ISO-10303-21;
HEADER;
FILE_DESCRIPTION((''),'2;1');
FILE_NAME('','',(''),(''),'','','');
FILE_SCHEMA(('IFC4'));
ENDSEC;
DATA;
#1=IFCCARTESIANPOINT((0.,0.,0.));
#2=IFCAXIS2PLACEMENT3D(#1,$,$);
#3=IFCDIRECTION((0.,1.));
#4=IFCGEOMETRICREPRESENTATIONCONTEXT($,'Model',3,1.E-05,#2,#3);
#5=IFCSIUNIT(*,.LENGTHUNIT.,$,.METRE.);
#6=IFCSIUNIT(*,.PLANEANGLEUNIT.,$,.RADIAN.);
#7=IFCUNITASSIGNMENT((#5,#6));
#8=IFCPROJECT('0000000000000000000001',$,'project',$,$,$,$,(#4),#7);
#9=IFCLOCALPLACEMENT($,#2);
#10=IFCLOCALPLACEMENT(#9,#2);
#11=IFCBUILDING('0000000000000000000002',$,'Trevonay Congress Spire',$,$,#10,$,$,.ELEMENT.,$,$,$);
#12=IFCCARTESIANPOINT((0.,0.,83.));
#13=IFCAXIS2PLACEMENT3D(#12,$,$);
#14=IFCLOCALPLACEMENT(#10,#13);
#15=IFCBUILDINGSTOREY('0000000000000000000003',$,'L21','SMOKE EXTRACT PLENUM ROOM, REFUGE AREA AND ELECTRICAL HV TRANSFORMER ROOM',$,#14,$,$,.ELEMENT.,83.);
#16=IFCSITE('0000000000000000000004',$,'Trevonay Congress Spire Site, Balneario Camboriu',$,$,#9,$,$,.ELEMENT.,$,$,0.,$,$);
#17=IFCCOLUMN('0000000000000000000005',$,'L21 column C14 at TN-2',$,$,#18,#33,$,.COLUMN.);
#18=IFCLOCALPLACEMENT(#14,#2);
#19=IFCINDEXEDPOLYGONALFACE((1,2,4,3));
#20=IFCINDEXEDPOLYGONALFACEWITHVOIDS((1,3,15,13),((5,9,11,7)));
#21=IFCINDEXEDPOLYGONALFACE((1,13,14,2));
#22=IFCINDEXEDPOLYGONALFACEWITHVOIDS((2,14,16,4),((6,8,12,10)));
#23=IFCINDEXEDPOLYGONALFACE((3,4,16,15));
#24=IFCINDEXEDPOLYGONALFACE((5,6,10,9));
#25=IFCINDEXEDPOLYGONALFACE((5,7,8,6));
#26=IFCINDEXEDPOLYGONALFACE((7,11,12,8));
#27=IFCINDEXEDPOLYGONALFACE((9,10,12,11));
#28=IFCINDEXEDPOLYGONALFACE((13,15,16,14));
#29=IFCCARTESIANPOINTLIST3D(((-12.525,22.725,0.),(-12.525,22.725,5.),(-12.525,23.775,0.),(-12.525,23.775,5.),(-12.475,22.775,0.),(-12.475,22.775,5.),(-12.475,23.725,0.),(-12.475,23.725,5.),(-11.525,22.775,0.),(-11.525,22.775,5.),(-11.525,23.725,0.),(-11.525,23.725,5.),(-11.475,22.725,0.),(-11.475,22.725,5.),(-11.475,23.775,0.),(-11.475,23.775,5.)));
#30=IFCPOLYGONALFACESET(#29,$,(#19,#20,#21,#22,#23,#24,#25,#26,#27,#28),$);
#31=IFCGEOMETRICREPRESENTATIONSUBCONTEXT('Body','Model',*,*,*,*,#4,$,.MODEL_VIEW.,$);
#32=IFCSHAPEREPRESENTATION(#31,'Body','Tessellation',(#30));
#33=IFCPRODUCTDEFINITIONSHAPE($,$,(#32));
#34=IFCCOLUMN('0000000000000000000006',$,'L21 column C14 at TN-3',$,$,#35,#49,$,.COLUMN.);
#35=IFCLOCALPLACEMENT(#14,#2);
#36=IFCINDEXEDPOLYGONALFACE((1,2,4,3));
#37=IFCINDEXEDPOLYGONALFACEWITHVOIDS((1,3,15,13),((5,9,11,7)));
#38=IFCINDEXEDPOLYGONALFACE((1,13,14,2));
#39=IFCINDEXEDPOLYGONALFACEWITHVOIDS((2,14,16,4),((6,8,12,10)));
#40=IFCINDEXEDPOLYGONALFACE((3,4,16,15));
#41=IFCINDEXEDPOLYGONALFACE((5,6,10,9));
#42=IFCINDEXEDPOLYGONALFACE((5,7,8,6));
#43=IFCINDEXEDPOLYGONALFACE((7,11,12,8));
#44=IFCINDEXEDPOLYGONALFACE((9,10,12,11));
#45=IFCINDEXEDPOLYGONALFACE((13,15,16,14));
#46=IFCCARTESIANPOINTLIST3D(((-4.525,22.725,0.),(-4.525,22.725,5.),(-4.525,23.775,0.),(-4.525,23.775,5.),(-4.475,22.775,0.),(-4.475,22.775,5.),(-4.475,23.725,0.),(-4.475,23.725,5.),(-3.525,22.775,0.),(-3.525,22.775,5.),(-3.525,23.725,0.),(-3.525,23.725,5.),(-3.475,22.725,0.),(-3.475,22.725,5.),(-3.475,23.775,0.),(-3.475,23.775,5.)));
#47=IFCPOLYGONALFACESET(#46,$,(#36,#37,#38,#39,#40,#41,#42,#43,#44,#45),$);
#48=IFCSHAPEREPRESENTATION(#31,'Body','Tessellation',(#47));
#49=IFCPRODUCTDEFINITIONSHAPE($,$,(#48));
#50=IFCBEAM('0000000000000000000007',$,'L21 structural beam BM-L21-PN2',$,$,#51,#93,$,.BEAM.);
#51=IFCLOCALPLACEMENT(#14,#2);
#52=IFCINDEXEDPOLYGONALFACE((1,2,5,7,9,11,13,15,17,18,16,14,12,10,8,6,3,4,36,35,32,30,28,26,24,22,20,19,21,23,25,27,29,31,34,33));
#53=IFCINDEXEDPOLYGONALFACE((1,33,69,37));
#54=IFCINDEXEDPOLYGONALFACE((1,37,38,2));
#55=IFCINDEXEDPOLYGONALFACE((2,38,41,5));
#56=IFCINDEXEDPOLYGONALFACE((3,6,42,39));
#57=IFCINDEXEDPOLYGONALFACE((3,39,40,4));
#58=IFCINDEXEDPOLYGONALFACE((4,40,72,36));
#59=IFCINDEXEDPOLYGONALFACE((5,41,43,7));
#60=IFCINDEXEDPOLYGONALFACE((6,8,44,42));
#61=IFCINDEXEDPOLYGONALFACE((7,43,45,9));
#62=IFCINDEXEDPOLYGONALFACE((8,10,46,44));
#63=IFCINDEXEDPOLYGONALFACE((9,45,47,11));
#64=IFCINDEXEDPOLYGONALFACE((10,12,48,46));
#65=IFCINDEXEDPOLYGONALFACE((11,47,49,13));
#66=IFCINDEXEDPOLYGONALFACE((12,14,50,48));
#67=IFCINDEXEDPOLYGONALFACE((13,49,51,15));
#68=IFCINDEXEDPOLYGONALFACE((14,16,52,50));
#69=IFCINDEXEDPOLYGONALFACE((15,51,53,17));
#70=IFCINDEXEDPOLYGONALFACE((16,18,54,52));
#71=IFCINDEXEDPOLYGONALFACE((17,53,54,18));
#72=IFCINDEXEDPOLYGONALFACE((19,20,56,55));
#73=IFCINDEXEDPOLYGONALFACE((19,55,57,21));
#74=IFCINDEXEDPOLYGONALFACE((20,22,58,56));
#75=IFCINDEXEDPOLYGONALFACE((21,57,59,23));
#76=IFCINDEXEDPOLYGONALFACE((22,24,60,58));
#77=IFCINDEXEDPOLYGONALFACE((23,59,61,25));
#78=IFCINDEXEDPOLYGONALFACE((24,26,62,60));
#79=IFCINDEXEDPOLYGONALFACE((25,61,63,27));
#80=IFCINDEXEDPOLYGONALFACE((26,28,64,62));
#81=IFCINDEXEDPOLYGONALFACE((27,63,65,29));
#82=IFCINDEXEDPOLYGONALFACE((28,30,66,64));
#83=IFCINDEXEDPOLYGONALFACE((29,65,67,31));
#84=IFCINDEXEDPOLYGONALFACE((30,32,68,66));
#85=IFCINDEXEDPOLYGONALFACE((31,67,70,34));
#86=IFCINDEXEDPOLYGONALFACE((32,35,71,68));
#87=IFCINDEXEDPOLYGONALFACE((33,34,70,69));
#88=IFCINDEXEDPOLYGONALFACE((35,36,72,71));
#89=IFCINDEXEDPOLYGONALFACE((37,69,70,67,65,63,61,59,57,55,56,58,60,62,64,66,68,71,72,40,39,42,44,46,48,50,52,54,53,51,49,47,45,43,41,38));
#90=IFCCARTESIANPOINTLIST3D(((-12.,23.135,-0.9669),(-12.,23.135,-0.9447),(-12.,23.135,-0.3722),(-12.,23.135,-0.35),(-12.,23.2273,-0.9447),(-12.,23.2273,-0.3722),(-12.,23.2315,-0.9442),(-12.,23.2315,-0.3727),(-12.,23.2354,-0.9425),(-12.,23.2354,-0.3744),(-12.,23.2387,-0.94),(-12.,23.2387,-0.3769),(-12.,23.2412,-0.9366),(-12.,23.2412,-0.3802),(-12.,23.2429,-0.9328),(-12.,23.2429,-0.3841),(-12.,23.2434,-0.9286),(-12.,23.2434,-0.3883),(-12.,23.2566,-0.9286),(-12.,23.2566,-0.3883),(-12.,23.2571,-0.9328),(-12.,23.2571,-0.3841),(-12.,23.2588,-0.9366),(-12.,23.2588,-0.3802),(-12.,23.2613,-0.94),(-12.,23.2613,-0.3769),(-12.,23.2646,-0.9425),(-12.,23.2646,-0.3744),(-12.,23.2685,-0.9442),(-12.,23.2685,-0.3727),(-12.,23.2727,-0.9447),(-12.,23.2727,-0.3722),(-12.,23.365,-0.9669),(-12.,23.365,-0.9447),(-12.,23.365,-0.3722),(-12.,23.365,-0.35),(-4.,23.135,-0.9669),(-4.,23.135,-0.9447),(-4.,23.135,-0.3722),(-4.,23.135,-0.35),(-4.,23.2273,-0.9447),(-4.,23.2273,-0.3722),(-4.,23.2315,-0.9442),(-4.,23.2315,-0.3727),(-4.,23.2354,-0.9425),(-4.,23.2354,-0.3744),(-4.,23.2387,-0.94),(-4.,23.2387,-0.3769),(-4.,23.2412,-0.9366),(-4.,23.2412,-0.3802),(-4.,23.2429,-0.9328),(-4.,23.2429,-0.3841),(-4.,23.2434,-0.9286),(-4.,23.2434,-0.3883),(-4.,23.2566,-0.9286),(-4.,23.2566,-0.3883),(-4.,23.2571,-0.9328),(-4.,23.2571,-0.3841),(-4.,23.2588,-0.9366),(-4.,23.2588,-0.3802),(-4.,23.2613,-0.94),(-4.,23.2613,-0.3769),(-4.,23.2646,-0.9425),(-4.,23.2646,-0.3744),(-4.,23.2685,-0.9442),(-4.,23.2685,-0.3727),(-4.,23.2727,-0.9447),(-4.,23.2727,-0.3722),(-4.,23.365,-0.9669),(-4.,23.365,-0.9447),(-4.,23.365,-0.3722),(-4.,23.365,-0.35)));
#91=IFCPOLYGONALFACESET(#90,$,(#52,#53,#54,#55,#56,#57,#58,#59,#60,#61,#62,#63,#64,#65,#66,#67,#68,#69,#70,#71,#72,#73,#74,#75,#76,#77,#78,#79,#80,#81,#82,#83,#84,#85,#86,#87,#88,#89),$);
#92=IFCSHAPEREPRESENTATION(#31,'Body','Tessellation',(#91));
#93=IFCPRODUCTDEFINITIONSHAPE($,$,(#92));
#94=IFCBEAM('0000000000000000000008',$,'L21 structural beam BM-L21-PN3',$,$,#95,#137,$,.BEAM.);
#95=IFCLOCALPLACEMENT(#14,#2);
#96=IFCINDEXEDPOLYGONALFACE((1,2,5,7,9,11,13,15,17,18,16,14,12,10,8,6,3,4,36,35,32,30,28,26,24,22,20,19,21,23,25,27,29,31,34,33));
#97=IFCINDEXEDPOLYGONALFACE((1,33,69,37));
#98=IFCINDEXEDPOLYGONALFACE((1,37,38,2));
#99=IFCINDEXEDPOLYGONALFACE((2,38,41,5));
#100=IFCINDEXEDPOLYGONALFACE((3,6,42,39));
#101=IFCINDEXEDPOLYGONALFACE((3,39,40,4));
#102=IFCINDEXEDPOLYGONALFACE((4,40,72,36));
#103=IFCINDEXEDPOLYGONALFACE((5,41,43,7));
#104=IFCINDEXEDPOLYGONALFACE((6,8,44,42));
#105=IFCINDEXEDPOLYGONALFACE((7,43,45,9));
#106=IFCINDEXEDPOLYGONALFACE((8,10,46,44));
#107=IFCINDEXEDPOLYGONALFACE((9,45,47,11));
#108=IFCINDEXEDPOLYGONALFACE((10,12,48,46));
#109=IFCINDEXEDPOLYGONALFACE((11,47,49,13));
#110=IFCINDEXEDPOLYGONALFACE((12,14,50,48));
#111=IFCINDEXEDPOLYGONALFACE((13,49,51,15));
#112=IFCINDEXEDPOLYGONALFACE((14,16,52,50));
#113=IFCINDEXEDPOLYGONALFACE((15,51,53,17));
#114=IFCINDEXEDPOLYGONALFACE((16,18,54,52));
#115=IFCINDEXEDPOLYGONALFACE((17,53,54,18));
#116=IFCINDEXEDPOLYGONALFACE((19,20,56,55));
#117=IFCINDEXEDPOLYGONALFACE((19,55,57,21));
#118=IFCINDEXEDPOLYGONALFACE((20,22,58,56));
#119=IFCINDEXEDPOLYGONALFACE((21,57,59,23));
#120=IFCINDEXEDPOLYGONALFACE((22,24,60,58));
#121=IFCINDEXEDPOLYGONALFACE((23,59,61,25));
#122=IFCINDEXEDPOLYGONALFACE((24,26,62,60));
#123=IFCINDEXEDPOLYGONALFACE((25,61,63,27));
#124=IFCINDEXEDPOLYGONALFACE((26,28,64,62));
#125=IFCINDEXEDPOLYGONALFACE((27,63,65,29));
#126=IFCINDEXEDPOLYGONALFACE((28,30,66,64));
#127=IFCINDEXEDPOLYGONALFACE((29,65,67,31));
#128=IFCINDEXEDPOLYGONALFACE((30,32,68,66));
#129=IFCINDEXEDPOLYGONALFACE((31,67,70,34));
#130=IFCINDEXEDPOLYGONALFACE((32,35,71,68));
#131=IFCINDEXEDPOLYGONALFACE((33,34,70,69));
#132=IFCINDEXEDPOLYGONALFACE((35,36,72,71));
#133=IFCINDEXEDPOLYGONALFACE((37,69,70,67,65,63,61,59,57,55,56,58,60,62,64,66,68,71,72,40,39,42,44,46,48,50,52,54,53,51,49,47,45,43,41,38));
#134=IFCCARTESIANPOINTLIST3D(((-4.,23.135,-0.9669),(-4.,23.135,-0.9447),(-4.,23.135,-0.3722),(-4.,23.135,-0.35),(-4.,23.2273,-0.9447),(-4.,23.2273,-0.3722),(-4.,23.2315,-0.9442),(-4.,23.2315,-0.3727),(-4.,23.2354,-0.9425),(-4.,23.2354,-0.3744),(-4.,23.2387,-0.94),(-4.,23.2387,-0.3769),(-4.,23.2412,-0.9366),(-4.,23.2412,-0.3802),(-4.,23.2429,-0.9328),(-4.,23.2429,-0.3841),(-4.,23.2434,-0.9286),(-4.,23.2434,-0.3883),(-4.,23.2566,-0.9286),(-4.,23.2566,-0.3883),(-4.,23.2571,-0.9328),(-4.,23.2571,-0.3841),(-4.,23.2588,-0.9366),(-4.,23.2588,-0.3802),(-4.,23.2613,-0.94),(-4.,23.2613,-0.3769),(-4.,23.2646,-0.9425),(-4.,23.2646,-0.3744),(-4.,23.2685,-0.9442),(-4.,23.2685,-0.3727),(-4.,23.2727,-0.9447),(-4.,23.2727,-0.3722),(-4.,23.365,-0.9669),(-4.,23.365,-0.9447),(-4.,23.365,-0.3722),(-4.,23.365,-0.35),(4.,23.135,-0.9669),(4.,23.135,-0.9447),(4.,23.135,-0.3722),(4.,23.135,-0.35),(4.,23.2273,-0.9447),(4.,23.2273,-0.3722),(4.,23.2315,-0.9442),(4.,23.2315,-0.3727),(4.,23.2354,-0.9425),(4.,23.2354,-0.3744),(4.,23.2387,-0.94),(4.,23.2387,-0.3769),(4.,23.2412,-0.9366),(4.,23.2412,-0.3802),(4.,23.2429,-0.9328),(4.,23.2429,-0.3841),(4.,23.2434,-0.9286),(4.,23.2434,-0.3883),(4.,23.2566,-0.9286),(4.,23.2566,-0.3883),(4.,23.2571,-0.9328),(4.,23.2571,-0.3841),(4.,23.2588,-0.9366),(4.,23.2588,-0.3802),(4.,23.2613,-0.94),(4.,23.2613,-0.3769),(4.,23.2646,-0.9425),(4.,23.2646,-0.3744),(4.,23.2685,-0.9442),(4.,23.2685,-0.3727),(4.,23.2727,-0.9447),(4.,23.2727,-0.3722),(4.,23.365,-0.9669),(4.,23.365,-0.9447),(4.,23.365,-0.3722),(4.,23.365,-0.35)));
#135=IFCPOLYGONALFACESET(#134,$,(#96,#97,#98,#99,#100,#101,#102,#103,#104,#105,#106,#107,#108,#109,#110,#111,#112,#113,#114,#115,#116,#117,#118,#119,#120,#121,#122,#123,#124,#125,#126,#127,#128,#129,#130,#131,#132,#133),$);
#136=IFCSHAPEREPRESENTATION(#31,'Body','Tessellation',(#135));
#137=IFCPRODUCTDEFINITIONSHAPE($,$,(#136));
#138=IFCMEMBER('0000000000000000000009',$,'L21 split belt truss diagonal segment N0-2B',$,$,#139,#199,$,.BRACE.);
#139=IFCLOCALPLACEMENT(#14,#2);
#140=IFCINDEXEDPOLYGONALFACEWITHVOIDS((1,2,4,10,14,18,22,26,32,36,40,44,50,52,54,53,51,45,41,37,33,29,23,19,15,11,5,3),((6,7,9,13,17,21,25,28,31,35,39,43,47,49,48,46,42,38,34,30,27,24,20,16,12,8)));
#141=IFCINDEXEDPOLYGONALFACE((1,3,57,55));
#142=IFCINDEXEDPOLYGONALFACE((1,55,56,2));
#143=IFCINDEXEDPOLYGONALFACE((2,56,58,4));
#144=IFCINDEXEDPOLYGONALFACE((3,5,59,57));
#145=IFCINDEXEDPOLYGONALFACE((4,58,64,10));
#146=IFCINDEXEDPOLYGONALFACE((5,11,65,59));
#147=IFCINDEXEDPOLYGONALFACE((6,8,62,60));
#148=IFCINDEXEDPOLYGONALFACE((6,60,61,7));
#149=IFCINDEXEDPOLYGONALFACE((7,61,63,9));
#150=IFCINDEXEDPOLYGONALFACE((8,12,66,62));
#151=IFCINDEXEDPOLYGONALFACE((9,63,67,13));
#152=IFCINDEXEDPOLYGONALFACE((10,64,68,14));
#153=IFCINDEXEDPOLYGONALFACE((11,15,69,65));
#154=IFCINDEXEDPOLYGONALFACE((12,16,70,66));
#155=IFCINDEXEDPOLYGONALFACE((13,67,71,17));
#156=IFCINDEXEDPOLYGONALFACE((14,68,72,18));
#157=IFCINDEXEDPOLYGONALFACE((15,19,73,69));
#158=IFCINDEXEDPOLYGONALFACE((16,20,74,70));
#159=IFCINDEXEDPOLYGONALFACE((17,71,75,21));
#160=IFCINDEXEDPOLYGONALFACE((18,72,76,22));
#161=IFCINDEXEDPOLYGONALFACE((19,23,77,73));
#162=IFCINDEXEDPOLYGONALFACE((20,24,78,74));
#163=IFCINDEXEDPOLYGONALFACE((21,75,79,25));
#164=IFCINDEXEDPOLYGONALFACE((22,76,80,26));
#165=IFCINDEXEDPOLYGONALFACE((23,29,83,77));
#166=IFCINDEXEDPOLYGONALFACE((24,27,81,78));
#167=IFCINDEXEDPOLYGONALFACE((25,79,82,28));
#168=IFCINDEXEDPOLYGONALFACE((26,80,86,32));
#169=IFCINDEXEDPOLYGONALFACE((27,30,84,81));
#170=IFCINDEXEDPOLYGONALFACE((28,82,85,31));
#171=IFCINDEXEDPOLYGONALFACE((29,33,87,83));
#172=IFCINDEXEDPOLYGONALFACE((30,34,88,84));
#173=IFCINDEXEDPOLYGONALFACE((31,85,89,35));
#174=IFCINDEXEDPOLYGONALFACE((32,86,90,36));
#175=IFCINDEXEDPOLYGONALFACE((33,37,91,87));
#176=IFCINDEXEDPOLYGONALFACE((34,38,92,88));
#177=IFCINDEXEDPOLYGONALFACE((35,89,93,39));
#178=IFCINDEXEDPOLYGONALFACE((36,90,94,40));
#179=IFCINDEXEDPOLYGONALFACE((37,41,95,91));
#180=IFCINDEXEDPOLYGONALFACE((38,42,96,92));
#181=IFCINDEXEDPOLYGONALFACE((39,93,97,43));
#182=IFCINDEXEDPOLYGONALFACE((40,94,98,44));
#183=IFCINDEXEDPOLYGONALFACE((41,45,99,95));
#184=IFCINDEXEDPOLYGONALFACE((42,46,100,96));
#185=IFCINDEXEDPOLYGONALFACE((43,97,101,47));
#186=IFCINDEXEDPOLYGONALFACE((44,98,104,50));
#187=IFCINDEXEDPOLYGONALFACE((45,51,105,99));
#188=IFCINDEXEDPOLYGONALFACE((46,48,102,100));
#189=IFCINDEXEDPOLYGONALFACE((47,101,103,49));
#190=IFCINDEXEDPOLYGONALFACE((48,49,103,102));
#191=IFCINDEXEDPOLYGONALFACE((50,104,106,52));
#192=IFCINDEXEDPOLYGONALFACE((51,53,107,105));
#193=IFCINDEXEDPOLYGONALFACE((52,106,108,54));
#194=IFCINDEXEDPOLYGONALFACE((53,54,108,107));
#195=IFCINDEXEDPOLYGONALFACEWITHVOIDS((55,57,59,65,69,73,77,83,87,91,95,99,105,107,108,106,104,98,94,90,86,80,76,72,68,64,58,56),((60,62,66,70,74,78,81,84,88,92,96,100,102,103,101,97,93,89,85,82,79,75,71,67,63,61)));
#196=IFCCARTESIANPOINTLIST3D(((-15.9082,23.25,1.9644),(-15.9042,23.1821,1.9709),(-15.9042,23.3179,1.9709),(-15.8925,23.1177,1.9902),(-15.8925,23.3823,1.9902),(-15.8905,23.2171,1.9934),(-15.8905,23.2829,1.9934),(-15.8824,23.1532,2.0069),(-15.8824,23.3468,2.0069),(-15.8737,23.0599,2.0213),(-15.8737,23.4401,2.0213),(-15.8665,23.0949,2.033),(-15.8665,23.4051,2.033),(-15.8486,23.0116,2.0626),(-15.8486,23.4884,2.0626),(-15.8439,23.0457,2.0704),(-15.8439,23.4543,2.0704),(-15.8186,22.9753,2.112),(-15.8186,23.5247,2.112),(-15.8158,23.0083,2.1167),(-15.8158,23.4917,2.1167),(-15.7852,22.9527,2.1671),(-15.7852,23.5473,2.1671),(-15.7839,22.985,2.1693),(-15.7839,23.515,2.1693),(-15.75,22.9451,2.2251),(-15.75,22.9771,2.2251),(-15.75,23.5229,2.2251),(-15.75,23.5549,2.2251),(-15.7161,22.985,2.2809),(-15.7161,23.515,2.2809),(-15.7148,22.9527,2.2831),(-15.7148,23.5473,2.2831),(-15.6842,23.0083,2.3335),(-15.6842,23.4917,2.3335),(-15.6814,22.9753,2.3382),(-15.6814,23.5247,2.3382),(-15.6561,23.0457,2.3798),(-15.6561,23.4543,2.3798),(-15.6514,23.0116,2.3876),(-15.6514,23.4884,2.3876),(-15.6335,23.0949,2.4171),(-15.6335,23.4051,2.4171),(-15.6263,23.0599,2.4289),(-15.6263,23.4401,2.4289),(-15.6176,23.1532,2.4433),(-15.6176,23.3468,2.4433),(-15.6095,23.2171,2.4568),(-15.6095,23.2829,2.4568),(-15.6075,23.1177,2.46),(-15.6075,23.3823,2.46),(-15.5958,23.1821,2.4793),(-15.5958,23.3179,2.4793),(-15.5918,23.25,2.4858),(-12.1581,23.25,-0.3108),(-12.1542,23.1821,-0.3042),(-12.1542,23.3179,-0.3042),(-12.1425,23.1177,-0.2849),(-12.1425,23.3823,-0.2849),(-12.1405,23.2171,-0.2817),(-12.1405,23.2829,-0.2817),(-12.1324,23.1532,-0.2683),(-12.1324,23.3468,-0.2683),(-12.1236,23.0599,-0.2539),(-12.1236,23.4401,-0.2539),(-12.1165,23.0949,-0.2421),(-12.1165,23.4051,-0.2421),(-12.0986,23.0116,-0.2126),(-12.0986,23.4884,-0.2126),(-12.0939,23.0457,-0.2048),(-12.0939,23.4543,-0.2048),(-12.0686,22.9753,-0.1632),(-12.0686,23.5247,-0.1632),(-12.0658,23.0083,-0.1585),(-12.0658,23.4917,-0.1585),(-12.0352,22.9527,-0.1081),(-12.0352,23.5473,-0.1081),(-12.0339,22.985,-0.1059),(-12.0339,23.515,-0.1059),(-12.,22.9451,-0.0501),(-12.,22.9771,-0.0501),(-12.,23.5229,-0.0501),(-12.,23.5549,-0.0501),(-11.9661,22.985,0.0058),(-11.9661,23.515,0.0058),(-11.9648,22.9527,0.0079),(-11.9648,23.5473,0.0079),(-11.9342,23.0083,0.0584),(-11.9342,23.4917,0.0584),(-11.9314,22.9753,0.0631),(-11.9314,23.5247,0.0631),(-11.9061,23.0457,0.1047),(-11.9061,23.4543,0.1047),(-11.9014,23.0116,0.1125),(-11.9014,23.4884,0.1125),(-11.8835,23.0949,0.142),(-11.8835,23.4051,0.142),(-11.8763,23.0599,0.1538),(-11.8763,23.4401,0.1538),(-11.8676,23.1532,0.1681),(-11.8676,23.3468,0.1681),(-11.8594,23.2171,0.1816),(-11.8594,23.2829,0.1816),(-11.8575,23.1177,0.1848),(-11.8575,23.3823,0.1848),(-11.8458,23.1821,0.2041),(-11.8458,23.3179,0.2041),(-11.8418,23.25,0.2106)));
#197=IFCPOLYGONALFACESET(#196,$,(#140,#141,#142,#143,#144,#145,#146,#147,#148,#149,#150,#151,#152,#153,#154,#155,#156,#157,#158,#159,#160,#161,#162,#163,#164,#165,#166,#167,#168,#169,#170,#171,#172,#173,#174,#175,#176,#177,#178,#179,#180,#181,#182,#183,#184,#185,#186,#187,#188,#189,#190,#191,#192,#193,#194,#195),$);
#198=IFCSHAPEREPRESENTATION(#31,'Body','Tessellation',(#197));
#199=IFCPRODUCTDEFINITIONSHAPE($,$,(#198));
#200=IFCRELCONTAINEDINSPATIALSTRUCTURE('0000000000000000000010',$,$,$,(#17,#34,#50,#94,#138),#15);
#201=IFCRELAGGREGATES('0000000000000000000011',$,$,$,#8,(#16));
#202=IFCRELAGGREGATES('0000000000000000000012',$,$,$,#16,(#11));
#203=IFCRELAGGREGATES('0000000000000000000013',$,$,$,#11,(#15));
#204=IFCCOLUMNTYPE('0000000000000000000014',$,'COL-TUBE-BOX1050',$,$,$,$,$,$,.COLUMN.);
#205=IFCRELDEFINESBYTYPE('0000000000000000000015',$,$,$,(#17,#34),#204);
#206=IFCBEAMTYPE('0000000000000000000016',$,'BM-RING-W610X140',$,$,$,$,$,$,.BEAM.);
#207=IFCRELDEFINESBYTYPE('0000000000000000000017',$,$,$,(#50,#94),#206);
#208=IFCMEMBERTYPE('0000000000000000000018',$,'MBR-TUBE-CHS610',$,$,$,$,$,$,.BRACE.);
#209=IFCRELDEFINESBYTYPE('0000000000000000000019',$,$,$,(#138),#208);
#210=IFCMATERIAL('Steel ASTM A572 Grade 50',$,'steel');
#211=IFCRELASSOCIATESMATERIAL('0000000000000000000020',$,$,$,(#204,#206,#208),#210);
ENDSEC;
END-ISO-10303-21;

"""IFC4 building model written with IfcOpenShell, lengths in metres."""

from ifc_helpers import new_model, si_unit, direction, frame, origin, origin_2d, place, context, subcontext, project, spatial, hollow_rectangle, hollow_circle, i_section, extrude, material, material_profile, profile_set, type_object, element, save


model = new_model("IFC4")

# Units and contexts
model_context = context("Model", 3, precision=1e-05, world=origin(), true_north=direction((0.0, 1.0)))
body_context = subcontext(model_context, "Body", "Model", "MODEL_VIEW")
ifc_project = project(units=[si_unit("LENGTHUNIT", "METRE"), si_unit("PLANEANGLEUNIT", "RADIAN")], contexts=[model_context])

# Site, building, storey
site_placement = place(None, origin())
site = spatial("IfcSite", under=ifc_project, at=site_placement, Name="Trevonay Congress Spire Site, Balneario Camboriu", CompositionType="ELEMENT", RefElevation=0.0)
building_placement = place(site_placement, origin())
building = spatial("IfcBuilding", under=site, at=building_placement, Name="Trevonay Congress Spire", CompositionType="ELEMENT")
storey_placement = place(building_placement, frame((0.0, 0.0, 83.0)))
storey = spatial("IfcBuildingStorey", under=building, at=storey_placement, Name="L21", Description="SMOKE EXTRACT PLENUM ROOM, REFUGE AREA AND ELECTRICAL HV TRANSFORMER ROOM", CompositionType="ELEMENT", Elevation=83.0)

# Columns
ifc_material_1 = material(Name="Steel ASTM A572 Grade 50", Category="steel")
ifc_material_profile_1 = material_profile(ifc_material_1, hollow_rectangle(XDim=1.05, YDim=1.05, WallThickness=0.05, at=origin_2d()), Name="BOX 1050x1050x50")
ifc_profile_set_1 = profile_set([ifc_material_profile_1], Name="Steel ASTM A572 Grade 50")
column_type = type_object("IfcColumnType", Name="COL-TUBE-BOX1050", PredefinedType="COLUMN", material=ifc_profile_set_1)
for number, where, z_axis, x_axis, name in (
    (1, (-12.0, 23.25, 0.0), (0.0, 0.0, 1.0), (1.0, 0.0, 0.0), "L21 column C14 at TN-2"),
    (2, (-4.0, 23.25, 0.0), (0.0, 0.0, 1.0), (1.0, 0.0, 0.0), "L21 column C14 at TN-3"),
):
    element("IfcColumn", number, at=place(storey_placement, frame(where, z_axis=z_axis, x_axis=x_axis)), inside=storey, type_object=column_type, Name=name, PredefinedType="COLUMN", context=body_context, shape_type="SweptSolid", body=[
        extrude(hollow_rectangle(XDim=1.05, YDim=1.05, WallThickness=0.05, at=origin_2d()), origin(), (0.0, 0.0, 1.0), 5.0),
    ])

# Beams
ifc_material_profile_2 = material_profile(ifc_material_1, i_section(OverallWidth=0.23, OverallDepth=0.6169, WebThickness=0.0132, FlangeThickness=0.0222, FilletRadius=0.0161, at=origin_2d()), Name="W610x140")
ifc_profile_set_2 = profile_set([ifc_material_profile_2], Name="Steel ASTM A572 Grade 50")
beam_type = type_object("IfcBeamType", Name="BM-RING-W610X140", PredefinedType="BEAM", material=ifc_profile_set_2)
for number, where, z_axis, x_axis, name in (
    (3, (-12.0, 23.25, -0.6584), (1.0, 0.0, 0.0), (0.0, 1.0, 0.0), "L21 structural beam BM-L21-PN2"),
    (4, (-4.0, 23.25, -0.6584), (1.0, 0.0, 0.0), (0.0, 1.0, 0.0), "L21 structural beam BM-L21-PN3"),
):
    element("IfcBeam", number, at=place(storey_placement, frame(where, z_axis=z_axis, x_axis=x_axis)), inside=storey, type_object=beam_type, Name=name, PredefinedType="BEAM", context=body_context, shape_type="SweptSolid", body=[
        extrude(i_section(OverallWidth=0.23, OverallDepth=0.6169, WebThickness=0.0132, FlangeThickness=0.0222, FilletRadius=0.0161, at=origin_2d()), origin(), (0.0, 0.0, 1.0), 8.0),
    ])

# Member
ifc_material_profile_3 = material_profile(ifc_material_1, hollow_circle(Radius=0.3049, WallThickness=0.032, at=origin_2d()), Name="CHS 610x32")
ifc_profile_set_3 = profile_set([ifc_material_profile_3], Name="Steel ASTM A572 Grade 50")
member_type = type_object("IfcMemberType", Name="MBR-TUBE-CHS610", PredefinedType="BRACE", material=ifc_profile_set_3)
member_1_placement = place(storey_placement, frame((-15.75, 23.25, 2.2251), z_axis=(0.854953, 0.0, -0.518705), x_axis=(0.0, 1.0, 0.0)))
element("IfcMember", 5, at=member_1_placement, inside=storey, type_object=member_type, Name="L21 split belt truss diagonal segment N0-2B", PredefinedType="BRACE", context=body_context, shape_type="SweptSolid", body=[
    extrude(hollow_circle(Radius=0.3049, WallThickness=0.032, at=origin_2d()), origin(), (0.0, 0.0, 1.0), 4.3862),
])

save(model, "model.ifc")
